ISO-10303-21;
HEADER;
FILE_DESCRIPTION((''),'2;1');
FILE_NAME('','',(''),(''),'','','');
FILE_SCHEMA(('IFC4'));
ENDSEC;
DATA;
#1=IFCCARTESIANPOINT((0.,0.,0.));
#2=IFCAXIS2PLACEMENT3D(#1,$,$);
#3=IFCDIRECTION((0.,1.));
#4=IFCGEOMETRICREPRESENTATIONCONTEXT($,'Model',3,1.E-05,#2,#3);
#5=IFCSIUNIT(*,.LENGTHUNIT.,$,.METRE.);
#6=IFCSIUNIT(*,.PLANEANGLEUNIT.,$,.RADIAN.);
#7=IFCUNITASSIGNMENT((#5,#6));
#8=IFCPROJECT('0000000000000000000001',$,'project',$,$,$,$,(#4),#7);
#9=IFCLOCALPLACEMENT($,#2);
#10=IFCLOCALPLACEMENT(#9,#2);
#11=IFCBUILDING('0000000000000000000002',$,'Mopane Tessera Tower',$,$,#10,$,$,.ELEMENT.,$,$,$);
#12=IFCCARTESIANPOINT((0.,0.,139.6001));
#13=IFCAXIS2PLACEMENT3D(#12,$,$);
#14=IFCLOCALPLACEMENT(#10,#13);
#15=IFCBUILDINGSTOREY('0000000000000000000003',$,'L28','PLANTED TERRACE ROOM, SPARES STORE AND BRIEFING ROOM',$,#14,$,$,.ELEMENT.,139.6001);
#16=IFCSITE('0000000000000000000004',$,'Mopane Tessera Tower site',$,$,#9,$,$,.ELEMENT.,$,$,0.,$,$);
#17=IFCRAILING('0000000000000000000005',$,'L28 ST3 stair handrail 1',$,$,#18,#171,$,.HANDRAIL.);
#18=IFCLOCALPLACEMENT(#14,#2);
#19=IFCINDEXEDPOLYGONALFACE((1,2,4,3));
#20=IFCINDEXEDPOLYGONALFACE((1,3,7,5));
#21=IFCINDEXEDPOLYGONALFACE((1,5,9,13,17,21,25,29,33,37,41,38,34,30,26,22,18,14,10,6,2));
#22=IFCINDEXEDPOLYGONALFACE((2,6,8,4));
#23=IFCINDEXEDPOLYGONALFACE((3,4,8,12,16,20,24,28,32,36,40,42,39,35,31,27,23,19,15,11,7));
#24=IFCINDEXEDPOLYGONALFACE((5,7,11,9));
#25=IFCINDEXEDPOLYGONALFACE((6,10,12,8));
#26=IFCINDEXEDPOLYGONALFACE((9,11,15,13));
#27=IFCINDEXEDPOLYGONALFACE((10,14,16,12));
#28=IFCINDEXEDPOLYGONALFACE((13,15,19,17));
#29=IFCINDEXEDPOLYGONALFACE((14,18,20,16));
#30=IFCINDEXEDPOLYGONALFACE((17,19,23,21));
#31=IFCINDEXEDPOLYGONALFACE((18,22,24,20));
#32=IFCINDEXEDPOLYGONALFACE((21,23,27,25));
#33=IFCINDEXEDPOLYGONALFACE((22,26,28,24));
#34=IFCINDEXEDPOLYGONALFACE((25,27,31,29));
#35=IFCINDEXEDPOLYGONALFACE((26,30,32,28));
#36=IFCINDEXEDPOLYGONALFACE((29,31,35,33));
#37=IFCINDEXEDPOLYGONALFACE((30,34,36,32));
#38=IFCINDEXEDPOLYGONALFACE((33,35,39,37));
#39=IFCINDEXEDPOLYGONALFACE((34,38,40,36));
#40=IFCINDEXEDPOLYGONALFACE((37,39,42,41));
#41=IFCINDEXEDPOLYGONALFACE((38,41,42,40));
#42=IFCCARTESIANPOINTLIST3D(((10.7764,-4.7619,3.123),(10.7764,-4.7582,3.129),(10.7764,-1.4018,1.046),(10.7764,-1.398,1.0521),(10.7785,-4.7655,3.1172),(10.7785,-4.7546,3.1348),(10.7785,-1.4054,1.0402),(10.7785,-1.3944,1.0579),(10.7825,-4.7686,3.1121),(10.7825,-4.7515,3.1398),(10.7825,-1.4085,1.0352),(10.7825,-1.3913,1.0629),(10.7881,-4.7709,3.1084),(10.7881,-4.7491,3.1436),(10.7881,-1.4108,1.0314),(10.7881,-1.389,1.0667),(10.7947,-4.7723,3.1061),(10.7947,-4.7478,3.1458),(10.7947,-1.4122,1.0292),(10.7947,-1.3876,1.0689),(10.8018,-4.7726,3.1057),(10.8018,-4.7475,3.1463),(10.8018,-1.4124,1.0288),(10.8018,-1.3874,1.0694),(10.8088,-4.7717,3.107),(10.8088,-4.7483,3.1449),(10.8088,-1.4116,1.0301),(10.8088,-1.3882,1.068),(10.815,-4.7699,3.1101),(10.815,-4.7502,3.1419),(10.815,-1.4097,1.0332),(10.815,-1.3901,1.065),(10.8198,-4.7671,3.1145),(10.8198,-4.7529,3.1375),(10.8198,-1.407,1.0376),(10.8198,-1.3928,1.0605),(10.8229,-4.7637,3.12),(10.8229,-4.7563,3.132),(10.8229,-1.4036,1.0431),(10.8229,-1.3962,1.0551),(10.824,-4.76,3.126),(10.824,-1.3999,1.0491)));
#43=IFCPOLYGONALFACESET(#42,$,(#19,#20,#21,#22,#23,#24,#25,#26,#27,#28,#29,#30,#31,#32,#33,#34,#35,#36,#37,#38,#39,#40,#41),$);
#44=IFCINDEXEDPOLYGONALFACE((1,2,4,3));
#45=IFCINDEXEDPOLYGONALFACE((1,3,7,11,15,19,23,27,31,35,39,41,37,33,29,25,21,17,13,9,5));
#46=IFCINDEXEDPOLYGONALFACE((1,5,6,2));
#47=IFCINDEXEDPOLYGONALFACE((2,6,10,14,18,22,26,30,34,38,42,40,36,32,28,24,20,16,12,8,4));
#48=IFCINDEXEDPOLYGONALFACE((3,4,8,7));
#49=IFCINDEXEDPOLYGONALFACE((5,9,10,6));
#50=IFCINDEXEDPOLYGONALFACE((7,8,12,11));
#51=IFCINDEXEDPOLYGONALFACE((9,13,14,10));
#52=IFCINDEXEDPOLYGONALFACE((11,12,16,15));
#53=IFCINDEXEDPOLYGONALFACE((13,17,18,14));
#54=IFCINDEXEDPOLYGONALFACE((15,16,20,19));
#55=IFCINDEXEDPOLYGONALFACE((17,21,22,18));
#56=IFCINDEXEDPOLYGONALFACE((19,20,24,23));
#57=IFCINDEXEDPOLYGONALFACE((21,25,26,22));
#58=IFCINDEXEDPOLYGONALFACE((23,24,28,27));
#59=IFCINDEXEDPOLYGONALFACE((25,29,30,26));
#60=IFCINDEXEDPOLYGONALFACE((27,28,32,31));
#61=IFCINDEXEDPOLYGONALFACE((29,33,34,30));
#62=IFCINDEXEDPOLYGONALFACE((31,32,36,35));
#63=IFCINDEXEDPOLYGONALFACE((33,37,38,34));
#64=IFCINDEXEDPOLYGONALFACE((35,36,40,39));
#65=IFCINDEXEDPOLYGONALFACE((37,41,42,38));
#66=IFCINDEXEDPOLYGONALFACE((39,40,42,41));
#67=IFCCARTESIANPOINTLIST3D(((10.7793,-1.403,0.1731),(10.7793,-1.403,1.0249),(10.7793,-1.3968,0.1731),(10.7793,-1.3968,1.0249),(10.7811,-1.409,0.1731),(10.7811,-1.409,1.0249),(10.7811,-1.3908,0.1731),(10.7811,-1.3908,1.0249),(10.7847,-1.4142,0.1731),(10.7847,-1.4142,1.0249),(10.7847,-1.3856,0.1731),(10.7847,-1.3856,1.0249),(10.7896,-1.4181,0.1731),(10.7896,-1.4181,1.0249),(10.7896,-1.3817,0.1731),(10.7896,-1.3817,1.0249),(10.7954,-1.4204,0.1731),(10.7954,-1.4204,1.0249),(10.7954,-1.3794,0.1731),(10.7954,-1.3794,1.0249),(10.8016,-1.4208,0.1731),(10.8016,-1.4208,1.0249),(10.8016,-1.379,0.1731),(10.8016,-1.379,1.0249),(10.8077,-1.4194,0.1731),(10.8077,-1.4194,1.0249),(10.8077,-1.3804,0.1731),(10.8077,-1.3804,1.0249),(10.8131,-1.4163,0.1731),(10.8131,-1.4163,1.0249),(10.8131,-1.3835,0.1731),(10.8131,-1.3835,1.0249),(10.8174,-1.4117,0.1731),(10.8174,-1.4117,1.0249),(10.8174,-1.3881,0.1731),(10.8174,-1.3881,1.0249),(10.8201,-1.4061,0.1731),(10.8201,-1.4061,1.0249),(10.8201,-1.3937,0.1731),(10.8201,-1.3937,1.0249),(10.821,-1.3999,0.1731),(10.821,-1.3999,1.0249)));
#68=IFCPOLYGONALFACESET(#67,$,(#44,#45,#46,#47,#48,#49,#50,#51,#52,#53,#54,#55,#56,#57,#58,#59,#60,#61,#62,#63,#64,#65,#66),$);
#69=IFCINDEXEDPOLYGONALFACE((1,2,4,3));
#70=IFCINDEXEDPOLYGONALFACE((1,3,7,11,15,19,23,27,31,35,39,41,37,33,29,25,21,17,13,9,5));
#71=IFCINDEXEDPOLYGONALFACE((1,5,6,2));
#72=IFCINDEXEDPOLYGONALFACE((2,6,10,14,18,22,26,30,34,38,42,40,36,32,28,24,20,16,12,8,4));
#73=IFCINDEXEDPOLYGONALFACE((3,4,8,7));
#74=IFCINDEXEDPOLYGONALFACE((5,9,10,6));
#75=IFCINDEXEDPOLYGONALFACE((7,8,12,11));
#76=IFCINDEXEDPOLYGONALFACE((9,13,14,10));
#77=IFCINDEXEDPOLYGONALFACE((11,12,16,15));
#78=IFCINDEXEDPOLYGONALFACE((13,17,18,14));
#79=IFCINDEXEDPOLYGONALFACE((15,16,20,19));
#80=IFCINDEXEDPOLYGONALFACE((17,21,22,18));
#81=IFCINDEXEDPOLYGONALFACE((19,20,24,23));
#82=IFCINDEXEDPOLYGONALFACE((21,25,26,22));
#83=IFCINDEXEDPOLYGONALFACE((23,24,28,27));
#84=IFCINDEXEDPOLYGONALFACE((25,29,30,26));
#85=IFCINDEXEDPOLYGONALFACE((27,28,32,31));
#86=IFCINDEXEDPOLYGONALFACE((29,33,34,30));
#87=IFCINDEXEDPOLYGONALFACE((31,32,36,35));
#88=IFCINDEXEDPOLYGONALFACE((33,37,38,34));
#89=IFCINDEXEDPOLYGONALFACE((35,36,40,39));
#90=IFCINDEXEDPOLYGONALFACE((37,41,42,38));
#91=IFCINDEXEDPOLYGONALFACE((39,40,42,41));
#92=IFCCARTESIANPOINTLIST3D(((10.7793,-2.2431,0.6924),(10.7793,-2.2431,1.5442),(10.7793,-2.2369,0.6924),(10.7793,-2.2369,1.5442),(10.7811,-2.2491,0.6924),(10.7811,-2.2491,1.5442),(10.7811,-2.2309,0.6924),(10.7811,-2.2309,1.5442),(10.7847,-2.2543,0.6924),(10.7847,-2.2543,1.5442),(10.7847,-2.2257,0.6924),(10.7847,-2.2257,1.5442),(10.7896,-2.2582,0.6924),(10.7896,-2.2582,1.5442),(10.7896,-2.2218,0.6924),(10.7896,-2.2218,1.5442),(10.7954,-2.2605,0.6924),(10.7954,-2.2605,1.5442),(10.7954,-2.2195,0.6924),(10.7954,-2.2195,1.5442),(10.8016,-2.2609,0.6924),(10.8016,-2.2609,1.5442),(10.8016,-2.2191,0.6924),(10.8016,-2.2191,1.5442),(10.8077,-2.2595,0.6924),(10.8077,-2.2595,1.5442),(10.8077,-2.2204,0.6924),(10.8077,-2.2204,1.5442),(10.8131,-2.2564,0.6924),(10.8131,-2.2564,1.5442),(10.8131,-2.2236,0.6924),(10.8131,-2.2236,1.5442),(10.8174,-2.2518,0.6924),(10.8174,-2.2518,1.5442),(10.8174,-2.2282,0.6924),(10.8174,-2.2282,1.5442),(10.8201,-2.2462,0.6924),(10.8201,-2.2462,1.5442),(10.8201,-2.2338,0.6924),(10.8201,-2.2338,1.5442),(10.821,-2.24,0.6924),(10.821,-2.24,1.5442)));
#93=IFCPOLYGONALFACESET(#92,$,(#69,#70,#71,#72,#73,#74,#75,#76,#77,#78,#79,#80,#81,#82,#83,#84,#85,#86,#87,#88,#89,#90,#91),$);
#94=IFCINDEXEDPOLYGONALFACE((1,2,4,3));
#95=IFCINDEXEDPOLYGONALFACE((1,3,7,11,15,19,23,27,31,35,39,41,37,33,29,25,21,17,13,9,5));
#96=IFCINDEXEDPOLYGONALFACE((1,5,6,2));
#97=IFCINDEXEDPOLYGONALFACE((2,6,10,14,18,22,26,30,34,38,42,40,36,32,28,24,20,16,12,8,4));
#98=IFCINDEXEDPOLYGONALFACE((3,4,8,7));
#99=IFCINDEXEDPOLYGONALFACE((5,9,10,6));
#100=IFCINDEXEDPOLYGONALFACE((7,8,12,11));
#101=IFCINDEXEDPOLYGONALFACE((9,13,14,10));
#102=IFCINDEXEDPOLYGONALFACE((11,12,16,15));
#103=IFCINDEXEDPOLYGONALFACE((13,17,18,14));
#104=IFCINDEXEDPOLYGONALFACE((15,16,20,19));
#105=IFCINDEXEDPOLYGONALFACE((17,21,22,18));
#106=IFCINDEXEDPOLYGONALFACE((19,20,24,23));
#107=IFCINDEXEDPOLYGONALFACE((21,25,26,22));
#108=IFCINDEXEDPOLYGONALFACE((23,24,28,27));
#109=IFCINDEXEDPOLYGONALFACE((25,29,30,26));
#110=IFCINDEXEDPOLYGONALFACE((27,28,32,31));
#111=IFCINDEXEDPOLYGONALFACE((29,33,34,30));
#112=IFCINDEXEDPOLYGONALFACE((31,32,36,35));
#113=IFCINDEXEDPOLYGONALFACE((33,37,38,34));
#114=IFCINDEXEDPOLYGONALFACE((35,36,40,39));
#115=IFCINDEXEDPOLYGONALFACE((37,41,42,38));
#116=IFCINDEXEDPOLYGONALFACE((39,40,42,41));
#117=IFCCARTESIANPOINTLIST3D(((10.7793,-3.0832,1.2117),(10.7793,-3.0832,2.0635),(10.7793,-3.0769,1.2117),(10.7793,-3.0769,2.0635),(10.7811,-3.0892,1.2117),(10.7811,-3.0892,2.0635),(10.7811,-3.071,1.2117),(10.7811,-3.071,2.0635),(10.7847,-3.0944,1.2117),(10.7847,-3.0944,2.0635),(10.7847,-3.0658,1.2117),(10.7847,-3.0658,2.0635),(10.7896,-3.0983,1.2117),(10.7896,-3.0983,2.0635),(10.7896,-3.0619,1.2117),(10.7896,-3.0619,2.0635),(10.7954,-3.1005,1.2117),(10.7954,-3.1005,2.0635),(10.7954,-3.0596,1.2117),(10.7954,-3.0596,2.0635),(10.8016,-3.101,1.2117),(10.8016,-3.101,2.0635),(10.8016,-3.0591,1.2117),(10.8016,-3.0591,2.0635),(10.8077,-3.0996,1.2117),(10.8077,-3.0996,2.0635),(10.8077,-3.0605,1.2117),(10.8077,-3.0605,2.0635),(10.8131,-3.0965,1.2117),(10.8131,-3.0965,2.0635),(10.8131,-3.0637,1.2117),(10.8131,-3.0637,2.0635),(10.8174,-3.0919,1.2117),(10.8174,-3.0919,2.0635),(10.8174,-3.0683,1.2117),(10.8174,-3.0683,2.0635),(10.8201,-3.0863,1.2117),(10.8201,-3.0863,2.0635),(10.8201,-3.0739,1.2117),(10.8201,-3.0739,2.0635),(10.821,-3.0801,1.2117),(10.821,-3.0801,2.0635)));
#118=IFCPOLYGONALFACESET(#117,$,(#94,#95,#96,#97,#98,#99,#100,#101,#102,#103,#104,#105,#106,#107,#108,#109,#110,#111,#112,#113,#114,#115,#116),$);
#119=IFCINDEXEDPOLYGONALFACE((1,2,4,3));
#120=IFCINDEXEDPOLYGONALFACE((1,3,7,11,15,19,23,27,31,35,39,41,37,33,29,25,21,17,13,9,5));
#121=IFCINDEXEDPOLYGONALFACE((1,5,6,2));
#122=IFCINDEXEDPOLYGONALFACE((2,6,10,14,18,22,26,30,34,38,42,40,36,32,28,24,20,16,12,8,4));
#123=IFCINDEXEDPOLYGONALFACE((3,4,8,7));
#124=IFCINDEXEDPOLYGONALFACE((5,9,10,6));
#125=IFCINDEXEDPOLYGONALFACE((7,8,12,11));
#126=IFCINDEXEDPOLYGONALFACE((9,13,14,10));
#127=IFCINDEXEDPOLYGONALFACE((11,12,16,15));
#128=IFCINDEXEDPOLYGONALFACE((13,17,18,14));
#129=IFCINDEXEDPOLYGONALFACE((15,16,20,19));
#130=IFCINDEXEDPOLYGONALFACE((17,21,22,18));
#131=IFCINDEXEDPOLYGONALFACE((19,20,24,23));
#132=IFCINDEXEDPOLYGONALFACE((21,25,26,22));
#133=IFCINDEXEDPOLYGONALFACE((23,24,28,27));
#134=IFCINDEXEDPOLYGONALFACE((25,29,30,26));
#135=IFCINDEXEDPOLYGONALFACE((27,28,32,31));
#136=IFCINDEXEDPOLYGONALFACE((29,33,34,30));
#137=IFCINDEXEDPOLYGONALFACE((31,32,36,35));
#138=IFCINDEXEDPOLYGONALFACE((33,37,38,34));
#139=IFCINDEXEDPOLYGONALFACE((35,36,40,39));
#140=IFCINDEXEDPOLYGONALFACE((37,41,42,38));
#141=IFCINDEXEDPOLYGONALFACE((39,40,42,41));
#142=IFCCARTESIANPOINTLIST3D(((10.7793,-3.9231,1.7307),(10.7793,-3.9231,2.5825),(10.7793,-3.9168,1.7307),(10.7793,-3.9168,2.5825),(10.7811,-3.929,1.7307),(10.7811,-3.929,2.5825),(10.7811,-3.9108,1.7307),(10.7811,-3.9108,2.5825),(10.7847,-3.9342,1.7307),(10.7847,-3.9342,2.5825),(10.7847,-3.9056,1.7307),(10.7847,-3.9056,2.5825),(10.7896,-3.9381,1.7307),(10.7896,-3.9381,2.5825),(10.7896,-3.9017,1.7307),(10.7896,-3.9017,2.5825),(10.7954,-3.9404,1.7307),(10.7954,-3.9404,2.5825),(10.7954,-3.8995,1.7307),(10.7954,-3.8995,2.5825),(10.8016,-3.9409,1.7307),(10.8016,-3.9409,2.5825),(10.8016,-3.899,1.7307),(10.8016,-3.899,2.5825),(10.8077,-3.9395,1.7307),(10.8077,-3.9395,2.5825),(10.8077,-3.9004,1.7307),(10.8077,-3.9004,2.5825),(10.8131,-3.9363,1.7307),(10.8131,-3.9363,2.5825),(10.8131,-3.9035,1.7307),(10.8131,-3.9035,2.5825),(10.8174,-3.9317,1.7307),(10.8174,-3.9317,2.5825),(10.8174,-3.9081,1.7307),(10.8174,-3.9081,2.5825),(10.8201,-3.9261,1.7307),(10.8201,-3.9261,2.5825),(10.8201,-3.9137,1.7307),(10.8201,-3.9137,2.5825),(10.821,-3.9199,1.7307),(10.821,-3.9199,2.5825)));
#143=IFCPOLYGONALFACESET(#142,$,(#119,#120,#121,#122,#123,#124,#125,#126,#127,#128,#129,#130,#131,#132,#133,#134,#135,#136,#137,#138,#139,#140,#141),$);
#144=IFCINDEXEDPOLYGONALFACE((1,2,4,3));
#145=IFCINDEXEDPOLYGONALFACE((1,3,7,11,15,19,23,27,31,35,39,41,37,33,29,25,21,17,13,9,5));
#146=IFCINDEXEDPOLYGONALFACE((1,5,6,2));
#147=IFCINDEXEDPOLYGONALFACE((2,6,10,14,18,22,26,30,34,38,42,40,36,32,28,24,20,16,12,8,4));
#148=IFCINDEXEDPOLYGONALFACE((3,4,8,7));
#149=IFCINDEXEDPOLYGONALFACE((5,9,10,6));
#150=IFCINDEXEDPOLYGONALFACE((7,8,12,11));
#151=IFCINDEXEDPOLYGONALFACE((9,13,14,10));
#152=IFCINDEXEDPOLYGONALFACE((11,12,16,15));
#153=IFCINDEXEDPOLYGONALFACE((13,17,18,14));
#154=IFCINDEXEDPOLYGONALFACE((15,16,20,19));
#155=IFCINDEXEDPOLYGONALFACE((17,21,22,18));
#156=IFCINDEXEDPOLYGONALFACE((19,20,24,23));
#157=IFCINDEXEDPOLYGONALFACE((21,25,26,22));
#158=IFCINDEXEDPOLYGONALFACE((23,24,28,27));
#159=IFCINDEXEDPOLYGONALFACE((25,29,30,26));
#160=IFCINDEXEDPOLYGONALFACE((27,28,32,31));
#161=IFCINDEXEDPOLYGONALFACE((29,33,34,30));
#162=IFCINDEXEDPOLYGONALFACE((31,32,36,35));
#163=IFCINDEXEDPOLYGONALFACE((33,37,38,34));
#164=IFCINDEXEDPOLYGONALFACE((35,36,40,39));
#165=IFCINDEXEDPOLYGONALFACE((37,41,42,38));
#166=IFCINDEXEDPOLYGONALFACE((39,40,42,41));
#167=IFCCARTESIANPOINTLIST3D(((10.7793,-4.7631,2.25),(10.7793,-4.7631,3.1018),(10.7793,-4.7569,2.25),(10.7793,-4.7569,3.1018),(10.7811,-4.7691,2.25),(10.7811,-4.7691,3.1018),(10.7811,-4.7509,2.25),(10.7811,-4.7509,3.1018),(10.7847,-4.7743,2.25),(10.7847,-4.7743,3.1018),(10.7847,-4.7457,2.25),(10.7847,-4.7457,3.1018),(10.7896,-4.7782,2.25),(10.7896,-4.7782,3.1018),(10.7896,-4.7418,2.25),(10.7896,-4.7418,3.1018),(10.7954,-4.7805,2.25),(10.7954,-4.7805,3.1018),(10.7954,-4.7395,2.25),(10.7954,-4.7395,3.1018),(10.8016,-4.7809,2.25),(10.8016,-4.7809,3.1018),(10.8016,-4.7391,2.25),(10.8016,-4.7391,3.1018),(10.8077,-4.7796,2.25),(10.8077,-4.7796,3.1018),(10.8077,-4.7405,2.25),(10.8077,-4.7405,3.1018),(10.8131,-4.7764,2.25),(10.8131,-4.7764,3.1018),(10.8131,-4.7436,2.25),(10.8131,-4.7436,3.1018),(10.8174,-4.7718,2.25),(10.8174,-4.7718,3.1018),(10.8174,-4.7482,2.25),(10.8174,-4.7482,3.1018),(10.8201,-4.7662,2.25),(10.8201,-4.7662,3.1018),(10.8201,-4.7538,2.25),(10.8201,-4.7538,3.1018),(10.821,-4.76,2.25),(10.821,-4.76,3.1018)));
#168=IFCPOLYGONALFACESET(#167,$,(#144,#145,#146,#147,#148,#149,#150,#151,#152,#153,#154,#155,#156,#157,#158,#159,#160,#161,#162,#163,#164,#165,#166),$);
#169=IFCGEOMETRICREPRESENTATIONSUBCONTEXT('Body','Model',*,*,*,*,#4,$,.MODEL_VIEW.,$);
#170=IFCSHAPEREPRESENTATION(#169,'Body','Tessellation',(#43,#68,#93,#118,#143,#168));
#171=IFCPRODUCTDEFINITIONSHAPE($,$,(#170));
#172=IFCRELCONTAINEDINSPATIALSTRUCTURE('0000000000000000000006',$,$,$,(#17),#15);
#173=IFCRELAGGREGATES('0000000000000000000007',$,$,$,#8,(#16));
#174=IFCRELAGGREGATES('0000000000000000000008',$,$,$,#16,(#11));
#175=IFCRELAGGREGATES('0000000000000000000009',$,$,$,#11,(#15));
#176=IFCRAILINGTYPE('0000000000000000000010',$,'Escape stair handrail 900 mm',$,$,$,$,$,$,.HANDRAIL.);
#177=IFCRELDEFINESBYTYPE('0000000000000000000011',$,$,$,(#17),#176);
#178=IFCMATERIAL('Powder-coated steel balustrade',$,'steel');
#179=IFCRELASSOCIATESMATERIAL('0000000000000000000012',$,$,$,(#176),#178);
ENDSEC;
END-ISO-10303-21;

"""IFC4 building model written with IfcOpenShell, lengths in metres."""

from ifc_helpers import new_model, si_unit, direction, frame, origin, origin_2d, place, context, subcontext, project, spatial, circle, extrude, material, type_object, element, save


model = new_model("IFC4")

# Units and contexts
model_context = context("Model", 3, precision=1e-05, world=origin(), true_north=direction((0.0, 1.0)))
body_context = subcontext(model_context, "Body", "Model", "MODEL_VIEW")
ifc_project = project(units=[si_unit("LENGTHUNIT", "METRE"), si_unit("PLANEANGLEUNIT", "RADIAN")], contexts=[model_context])

# Site, building, storey
site_placement = place(None, origin())
site = spatial("IfcSite", under=ifc_project, at=site_placement, Name="Mopane Tessera Tower site", CompositionType="ELEMENT", RefElevation=0.0)
building_placement = place(site_placement, origin())
building = spatial("IfcBuilding", under=site, at=building_placement, Name="Mopane Tessera Tower", CompositionType="ELEMENT")
storey_placement = place(building_placement, frame((0.0, 0.0, 139.6001)))
storey = spatial("IfcBuildingStorey", under=building, at=storey_placement, Name="L28", Description="PLANTED TERRACE ROOM, SPARES STORE AND BRIEFING ROOM", CompositionType="ELEMENT", Elevation=139.6001)

# Railing
ifc_material_1 = material(Name="Powder-coated steel balustrade", Category="steel")
railing_type_1 = type_object("IfcRailingType", Name="Escape stair handrail 900 mm", PredefinedType="HANDRAIL", material=ifc_material_1)
railing_1_placement = place(storey_placement, frame((10.8, -1.3999, 0.1731)))
element("IfcRailing", 1, at=railing_1_placement, inside=storey, type_object=railing_type_1, Name="L28 ST3 stair handrail 1", PredefinedType="HANDRAIL", context=body_context, shape_type="SweptSolid", body=[
    extrude(circle(Radius=0.0239, at=origin_2d()), frame((0.0, 0.0, 0.876), z_axis=(0.0, -0.850623, 0.525776), x_axis=(1.0, 0.0, 0.0)), (0.0, 0.0, 1.0), 3.9502),
    extrude(circle(Radius=0.021, at=origin_2d()), origin(), (0.0, 0.0, 1.0), 0.8518),
    extrude(circle(Radius=0.021, at=origin_2d()), frame((0.0, -0.8401, 0.5193)), (0.0, 0.0, 1.0), 0.8518),
    extrude(circle(Radius=0.021, at=origin_2d()), frame((0.0, -1.6802, 1.0386)), (0.0, 0.0, 1.0), 0.8518),
    extrude(circle(Radius=0.021, at=origin_2d()), frame((0.0, -2.52, 1.5576)), (0.0, 0.0, 1.0), 0.8518),
    extrude(circle(Radius=0.021, at=origin_2d()), frame((0.0, -3.3601, 2.0769)), (0.0, 0.0, 1.0), 0.8518),
])

save(model, "model.ifc")
